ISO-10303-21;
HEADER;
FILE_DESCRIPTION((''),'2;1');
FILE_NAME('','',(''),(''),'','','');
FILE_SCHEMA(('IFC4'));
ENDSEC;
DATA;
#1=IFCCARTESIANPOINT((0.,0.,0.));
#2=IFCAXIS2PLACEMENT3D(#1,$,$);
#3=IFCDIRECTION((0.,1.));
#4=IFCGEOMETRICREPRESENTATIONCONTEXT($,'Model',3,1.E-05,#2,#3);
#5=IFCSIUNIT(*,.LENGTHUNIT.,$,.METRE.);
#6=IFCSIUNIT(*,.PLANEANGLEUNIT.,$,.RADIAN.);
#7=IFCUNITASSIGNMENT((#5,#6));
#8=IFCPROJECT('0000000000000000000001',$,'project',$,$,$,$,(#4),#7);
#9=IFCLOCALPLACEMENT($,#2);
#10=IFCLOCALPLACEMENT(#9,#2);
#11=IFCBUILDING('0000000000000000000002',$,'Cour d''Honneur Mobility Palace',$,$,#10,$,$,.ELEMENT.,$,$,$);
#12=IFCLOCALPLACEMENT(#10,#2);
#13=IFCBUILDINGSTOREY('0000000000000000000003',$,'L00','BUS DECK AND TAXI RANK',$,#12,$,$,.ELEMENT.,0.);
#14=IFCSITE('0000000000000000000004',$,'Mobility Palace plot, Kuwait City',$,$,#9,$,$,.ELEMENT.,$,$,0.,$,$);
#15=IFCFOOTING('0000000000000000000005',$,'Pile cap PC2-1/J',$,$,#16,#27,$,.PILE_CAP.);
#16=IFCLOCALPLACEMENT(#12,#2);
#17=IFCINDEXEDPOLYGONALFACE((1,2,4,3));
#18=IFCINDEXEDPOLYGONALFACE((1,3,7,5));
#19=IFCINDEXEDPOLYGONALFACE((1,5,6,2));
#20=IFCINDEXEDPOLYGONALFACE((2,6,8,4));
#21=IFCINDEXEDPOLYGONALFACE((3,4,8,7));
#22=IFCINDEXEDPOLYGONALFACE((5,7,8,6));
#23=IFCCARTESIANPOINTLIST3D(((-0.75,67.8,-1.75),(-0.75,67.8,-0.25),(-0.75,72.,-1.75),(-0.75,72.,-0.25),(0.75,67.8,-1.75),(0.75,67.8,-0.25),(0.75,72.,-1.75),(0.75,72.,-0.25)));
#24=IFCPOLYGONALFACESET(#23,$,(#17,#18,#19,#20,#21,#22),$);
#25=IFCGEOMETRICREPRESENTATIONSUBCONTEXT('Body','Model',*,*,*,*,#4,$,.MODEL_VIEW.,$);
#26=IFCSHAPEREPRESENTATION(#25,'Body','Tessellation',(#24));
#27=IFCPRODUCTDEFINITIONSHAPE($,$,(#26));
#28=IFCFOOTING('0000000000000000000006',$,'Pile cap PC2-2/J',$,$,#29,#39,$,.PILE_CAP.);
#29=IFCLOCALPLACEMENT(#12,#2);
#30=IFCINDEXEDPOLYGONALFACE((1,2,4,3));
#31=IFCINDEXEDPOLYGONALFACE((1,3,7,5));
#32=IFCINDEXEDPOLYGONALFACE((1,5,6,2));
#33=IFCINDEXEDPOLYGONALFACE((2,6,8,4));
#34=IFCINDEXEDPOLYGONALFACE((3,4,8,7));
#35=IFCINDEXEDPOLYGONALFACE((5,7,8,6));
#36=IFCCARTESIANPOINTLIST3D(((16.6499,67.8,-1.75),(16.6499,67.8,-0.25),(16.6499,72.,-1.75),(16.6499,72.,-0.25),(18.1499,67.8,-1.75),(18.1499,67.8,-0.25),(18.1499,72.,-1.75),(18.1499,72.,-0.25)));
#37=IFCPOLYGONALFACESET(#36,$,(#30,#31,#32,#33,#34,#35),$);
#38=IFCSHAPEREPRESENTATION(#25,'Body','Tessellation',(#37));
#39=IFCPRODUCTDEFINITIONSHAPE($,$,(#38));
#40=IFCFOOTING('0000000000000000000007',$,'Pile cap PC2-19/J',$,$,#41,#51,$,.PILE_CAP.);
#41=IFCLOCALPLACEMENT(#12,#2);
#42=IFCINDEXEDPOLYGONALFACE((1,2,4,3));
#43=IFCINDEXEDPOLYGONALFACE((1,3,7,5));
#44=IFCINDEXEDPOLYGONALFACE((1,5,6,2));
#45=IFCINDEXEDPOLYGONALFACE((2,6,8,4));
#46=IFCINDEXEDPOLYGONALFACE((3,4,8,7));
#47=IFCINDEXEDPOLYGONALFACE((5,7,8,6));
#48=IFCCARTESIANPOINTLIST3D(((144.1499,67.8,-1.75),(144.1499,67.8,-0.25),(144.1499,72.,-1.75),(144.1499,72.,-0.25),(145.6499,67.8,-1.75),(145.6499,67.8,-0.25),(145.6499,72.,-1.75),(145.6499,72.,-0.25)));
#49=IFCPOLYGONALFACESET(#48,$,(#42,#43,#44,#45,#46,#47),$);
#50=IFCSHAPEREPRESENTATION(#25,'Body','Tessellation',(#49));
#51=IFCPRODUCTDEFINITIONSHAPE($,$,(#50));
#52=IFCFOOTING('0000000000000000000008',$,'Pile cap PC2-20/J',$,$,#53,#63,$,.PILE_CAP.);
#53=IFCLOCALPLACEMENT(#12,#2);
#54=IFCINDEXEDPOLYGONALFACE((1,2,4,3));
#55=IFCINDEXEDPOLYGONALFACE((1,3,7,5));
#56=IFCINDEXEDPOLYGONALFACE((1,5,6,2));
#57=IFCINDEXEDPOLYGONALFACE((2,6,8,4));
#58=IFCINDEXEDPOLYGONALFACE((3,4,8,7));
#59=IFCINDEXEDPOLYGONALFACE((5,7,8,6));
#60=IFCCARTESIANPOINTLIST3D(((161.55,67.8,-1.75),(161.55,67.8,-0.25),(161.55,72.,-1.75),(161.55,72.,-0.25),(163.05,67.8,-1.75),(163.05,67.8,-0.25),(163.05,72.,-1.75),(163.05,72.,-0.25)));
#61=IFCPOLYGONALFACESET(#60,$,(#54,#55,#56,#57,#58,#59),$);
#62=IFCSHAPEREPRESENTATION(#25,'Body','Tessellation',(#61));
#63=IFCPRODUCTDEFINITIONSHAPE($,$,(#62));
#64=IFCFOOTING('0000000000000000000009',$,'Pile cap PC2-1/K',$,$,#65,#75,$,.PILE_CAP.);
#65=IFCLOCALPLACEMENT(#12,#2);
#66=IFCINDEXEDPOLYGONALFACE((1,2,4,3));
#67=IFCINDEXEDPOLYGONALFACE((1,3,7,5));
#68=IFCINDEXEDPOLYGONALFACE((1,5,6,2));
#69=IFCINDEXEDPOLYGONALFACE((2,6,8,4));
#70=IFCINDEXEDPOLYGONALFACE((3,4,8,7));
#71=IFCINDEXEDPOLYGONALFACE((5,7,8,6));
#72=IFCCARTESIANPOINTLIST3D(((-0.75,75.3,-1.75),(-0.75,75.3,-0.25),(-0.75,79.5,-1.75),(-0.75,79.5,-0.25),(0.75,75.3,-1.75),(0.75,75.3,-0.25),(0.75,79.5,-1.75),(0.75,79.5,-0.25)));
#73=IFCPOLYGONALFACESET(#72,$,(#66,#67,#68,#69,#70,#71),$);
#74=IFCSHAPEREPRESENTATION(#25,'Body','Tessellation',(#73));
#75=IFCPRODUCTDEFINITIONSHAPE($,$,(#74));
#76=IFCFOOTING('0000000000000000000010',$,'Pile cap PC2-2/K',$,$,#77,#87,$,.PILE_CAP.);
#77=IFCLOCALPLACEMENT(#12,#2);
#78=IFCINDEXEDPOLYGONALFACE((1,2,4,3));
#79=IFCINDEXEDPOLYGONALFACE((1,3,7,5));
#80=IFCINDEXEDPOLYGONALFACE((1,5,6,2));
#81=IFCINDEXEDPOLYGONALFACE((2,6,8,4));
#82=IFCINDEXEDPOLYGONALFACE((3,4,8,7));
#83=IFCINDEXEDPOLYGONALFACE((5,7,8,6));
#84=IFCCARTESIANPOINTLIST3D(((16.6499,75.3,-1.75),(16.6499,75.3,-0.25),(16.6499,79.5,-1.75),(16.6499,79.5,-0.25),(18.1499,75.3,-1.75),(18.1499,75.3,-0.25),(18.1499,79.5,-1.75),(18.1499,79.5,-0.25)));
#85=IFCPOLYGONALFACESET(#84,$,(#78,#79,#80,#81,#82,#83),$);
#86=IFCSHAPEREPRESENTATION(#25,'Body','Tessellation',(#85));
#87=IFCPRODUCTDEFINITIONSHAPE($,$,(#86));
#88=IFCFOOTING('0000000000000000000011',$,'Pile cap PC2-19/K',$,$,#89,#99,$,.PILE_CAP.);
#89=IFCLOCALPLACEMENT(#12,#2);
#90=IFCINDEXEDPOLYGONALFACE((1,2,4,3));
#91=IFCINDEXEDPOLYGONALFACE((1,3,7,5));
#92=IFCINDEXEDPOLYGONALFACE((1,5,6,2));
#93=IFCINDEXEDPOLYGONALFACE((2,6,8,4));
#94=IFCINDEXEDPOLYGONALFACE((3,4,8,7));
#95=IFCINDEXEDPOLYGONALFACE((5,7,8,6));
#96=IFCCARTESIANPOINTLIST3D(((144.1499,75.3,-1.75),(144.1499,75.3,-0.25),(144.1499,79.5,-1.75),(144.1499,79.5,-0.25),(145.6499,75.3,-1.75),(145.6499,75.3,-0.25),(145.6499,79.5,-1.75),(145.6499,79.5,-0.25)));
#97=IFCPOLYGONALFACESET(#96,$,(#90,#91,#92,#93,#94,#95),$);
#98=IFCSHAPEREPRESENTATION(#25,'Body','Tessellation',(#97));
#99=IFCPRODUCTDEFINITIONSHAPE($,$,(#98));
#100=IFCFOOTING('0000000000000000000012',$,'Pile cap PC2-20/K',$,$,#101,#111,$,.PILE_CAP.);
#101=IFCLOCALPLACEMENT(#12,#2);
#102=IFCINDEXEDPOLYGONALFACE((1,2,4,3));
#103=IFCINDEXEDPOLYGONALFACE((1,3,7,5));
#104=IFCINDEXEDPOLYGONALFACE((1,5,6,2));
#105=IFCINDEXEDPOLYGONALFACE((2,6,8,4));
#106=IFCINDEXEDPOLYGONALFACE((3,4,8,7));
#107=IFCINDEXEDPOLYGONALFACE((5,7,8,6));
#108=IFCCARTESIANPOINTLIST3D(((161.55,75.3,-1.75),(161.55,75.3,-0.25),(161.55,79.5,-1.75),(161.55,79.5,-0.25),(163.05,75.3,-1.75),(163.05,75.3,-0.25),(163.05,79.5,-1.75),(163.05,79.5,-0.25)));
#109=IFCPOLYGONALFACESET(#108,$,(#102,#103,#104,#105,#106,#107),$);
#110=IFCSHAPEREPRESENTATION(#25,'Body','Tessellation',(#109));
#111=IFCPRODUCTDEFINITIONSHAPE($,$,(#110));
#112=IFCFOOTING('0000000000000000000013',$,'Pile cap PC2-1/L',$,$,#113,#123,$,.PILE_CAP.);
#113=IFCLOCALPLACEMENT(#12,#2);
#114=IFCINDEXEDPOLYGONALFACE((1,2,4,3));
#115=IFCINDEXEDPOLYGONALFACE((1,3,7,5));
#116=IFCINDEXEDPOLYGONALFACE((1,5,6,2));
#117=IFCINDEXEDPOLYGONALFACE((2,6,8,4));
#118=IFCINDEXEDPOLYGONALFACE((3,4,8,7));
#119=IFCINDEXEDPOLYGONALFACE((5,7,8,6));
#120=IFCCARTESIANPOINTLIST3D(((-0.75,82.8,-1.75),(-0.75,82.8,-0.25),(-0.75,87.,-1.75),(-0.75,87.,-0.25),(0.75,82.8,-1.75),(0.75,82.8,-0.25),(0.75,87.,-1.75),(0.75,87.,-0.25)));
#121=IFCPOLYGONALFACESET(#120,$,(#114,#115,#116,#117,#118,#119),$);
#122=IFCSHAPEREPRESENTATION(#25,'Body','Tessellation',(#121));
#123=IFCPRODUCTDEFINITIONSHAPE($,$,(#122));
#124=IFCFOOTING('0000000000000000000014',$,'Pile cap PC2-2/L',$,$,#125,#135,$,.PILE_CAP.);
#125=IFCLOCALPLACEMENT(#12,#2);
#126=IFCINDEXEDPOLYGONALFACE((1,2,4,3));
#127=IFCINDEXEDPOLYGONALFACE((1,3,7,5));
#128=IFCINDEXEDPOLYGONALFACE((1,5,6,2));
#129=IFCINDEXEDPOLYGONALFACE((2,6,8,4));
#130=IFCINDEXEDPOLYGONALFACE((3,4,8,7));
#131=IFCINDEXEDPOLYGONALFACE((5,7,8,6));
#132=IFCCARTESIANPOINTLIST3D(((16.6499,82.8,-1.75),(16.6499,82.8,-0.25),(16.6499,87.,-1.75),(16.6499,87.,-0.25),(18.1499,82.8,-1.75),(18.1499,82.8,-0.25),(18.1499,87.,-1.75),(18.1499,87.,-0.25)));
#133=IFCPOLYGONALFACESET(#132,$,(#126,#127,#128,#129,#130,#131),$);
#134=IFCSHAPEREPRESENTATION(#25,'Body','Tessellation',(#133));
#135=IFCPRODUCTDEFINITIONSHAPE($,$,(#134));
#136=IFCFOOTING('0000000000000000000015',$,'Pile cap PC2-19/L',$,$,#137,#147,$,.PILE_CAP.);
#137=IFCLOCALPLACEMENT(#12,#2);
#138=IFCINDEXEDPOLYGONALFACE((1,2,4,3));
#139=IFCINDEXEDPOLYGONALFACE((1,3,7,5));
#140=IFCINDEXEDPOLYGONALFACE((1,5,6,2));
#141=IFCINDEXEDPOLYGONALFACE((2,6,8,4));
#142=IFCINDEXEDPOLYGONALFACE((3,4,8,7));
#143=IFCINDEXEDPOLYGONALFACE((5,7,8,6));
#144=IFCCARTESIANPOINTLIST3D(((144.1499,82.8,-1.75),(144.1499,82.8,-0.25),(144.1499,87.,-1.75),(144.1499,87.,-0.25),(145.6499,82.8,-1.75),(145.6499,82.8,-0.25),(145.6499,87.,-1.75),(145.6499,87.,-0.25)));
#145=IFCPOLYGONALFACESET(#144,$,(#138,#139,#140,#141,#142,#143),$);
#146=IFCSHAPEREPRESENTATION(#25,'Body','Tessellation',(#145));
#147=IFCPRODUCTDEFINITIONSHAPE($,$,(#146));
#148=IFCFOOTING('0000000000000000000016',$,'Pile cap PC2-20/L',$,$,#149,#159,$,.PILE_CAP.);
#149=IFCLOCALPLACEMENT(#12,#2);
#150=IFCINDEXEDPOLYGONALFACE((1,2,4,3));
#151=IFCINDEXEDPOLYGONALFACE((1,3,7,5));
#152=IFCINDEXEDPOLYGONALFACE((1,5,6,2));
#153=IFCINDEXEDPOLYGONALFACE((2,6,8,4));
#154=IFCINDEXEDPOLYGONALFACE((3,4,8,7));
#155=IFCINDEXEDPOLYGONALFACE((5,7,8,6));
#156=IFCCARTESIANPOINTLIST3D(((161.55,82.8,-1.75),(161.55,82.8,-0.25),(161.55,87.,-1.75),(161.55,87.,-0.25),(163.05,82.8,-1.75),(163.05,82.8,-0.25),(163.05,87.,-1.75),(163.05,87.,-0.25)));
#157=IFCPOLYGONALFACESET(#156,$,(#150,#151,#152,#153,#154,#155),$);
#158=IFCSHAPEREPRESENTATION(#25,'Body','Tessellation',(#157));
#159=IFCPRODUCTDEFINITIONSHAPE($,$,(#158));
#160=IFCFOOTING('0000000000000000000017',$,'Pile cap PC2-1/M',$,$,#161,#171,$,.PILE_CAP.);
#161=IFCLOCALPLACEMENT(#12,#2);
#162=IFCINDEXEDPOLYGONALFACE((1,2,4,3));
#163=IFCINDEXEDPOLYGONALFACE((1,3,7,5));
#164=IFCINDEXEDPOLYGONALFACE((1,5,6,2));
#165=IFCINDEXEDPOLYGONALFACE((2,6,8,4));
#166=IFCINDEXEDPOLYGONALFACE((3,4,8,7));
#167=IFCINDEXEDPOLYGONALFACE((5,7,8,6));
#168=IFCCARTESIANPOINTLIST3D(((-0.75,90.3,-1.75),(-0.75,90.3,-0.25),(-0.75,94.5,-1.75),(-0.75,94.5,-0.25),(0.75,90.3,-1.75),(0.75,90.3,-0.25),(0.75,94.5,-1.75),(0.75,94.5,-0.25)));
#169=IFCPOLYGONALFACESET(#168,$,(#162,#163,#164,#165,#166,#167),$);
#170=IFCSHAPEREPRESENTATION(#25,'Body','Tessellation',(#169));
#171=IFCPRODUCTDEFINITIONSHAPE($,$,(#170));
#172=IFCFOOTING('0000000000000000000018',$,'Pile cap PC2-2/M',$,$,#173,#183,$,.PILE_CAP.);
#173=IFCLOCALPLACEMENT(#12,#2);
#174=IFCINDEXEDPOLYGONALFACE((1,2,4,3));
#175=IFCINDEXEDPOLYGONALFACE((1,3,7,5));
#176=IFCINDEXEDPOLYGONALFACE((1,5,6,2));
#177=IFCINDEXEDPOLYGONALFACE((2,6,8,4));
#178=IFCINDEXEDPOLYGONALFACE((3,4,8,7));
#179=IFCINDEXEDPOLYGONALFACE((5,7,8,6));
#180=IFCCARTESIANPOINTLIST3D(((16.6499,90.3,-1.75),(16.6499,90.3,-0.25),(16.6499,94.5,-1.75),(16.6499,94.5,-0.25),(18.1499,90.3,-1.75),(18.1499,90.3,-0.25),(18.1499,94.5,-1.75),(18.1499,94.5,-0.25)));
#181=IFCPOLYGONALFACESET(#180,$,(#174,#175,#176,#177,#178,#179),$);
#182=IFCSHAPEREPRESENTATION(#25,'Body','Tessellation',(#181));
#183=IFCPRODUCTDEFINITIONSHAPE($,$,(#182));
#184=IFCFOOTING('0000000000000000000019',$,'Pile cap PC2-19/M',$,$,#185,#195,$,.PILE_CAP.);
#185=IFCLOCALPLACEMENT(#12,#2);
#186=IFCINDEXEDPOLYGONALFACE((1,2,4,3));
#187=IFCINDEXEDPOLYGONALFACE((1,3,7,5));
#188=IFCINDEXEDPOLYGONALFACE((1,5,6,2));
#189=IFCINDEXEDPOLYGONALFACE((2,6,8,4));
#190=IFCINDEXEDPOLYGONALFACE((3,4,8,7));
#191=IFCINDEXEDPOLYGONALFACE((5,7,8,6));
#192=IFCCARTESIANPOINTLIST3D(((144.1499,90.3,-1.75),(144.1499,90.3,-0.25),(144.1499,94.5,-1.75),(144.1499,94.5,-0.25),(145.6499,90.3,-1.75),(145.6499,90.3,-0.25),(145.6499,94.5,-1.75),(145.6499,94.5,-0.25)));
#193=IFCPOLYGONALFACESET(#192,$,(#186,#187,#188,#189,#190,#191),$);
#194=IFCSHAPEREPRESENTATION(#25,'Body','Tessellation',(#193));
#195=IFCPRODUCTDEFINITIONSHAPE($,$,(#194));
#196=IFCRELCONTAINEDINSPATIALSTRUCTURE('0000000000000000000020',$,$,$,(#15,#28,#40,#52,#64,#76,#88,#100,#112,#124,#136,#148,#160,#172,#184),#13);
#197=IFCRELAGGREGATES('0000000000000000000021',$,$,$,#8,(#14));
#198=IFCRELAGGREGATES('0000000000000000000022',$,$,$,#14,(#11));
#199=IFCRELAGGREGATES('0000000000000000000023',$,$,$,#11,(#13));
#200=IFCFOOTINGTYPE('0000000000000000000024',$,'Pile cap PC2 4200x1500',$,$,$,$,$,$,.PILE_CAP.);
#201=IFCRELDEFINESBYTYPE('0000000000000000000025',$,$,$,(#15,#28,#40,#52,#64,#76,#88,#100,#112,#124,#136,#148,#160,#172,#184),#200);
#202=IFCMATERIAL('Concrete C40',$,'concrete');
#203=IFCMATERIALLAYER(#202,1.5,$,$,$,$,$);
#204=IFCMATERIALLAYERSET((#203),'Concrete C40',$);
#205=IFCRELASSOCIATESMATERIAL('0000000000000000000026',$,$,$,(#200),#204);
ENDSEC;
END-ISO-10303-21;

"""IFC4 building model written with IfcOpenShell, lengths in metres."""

from ifc_helpers import new_model, si_unit, direction, frame, origin, place, context, subcontext, project, spatial, polyline, outline, extrude, material, layer, layer_set, type_object, element, save


model = new_model("IFC4")

# Units and contexts
model_context = context("Model", 3, precision=1e-05, world=origin(), true_north=direction((0.0, 1.0)))
body_context = subcontext(model_context, "Body", "Model", "MODEL_VIEW")
ifc_project = project(units=[si_unit("LENGTHUNIT", "METRE"), si_unit("PLANEANGLEUNIT", "RADIAN")], contexts=[model_context])

# Site, building, storey
site_placement = place(None, origin())
site = spatial("IfcSite", under=ifc_project, at=site_placement, Name="Mobility Palace plot, Kuwait City", CompositionType="ELEMENT", RefElevation=0.0)
building_placement = place(site_placement, origin())
building = spatial("IfcBuilding", under=site, at=building_placement, Name="Cour d'Honneur Mobility Palace", CompositionType="ELEMENT")
storey_placement = place(building_placement, origin())
storey = spatial("IfcBuildingStorey", under=building, at=storey_placement, Name="L00", Description="BUS DECK AND TAXI RANK", CompositionType="ELEMENT", Elevation=0.0)

# Footings
ifc_material_1 = material(Name="Concrete C40", Category="concrete")
ifc_layer_1 = layer(ifc_material_1, 1.5)
ifc_layer_set_1 = layer_set([ifc_layer_1], Name="Concrete C40")
footing_type_1 = type_object("IfcFootingType", Name="Pile cap PC2 4200x1500", PredefinedType="PILE_CAP", material=ifc_layer_set_1)
footing_1_placement = place(storey_placement, frame((0.0, 0.0, -1.75)))
element("IfcFooting", 1, at=footing_1_placement, inside=storey, type_object=footing_type_1, Name="Pile cap PC2-1/J", PredefinedType="PILE_CAP", context=body_context, shape_type="SweptSolid", body=[
    extrude(outline(polyline([(-0.75, 67.8), (0.75, 67.8), (0.75, 72.0), (-0.75, 72.0), (-0.75, 67.8)])), origin(), (0.0, 0.0, 1.0), 1.5),
])
footing_2_placement = place(storey_placement, frame((0.0, 0.0, -1.75)))
element("IfcFooting", 2, at=footing_2_placement, inside=storey, type_object=footing_type_1, Name="Pile cap PC2-2/J", PredefinedType="PILE_CAP", context=body_context, shape_type="SweptSolid", body=[
    extrude(outline(polyline([(16.6499, 67.8), (18.1499, 67.8), (18.1499, 72.0), (16.6499, 72.0), (16.6499, 67.8)])), origin(), (0.0, 0.0, 1.0), 1.5),
])
footing_3_placement = place(storey_placement, frame((0.0, 0.0, -1.75)))
element("IfcFooting", 3, at=footing_3_placement, inside=storey, type_object=footing_type_1, Name="Pile cap PC2-19/J", PredefinedType="PILE_CAP", context=body_context, shape_type="SweptSolid", body=[
    extrude(outline(polyline([(144.1499, 67.8), (145.6499, 67.8), (145.6499, 72.0), (144.1499, 72.0), (144.1499, 67.8)])), origin(), (0.0, 0.0, 1.0), 1.5),
])
footing_4_placement = place(storey_placement, frame((0.0, 0.0, -1.75)))
element("IfcFooting", 4, at=footing_4_placement, inside=storey, type_object=footing_type_1, Name="Pile cap PC2-20/J", PredefinedType="PILE_CAP", context=body_context, shape_type="SweptSolid", body=[
    extrude(outline(polyline([(161.55, 67.8), (163.05, 67.8), (163.05, 72.0), (161.55, 72.0), (161.55, 67.8)])), origin(), (0.0, 0.0, 1.0), 1.5),
])
footing_5_placement = place(storey_placement, frame((0.0, 0.0, -1.75)))
element("IfcFooting", 5, at=footing_5_placement, inside=storey, type_object=footing_type_1, Name="Pile cap PC2-1/K", PredefinedType="PILE_CAP", context=body_context, shape_type="SweptSolid", body=[
    extrude(outline(polyline([(-0.75, 75.3), (0.75, 75.3), (0.75, 79.5), (-0.75, 79.5), (-0.75, 75.3)])), origin(), (0.0, 0.0, 1.0), 1.5),
])
footing_6_placement = place(storey_placement, frame((0.0, 0.0, -1.75)))
element("IfcFooting", 6, at=footing_6_placement, inside=storey, type_object=footing_type_1, Name="Pile cap PC2-2/K", PredefinedType="PILE_CAP", context=body_context, shape_type="SweptSolid", body=[
    extrude(outline(polyline([(16.6499, 75.3), (18.1499, 75.3), (18.1499, 79.5), (16.6499, 79.5), (16.6499, 75.3)])), origin(), (0.0, 0.0, 1.0), 1.5),
])
footing_7_placement = place(storey_placement, frame((0.0, 0.0, -1.75)))
element("IfcFooting", 7, at=footing_7_placement, inside=storey, type_object=footing_type_1, Name="Pile cap PC2-19/K", PredefinedType="PILE_CAP", context=body_context, shape_type="SweptSolid", body=[
    extrude(outline(polyline([(144.1499, 75.3), (145.6499, 75.3), (145.6499, 79.5), (144.1499, 79.5), (144.1499, 75.3)])), origin(), (0.0, 0.0, 1.0), 1.5),
])
footing_8_placement = place(storey_placement, frame((0.0, 0.0, -1.75)))
element("IfcFooting", 8, at=footing_8_placement, inside=storey, type_object=footing_type_1, Name="Pile cap PC2-20/K", PredefinedType="PILE_CAP", context=body_context, shape_type="SweptSolid", body=[
    extrude(outline(polyline([(161.55, 75.3), (163.05, 75.3), (163.05, 79.5), (161.55, 79.5), (161.55, 75.3)])), origin(), (0.0, 0.0, 1.0), 1.5),
])
footing_9_placement = place(storey_placement, frame((0.0, 0.0, -1.75)))
element("IfcFooting", 9, at=footing_9_placement, inside=storey, type_object=footing_type_1, Name="Pile cap PC2-1/L", PredefinedType="PILE_CAP", context=body_context, shape_type="SweptSolid", body=[
    extrude(outline(polyline([(-0.75, 82.8), (0.75, 82.8), (0.75, 87.0), (-0.75, 87.0), (-0.75, 82.8)])), origin(), (0.0, 0.0, 1.0), 1.5),
])
footing_10_placement = place(storey_placement, frame((0.0, 0.0, -1.75)))
element("IfcFooting", 10, at=footing_10_placement, inside=storey, type_object=footing_type_1, Name="Pile cap PC2-2/L", PredefinedType="PILE_CAP", context=body_context, shape_type="SweptSolid", body=[
    extrude(outline(polyline([(16.6499, 82.8), (18.1499, 82.8), (18.1499, 87.0), (16.6499, 87.0), (16.6499, 82.8)])), origin(), (0.0, 0.0, 1.0), 1.5),
])
footing_11_placement = place(storey_placement, frame((0.0, 0.0, -1.75)))
element("IfcFooting", 11, at=footing_11_placement, inside=storey, type_object=footing_type_1, Name="Pile cap PC2-19/L", PredefinedType="PILE_CAP", context=body_context, shape_type="SweptSolid", body=[
    extrude(outline(polyline([(144.1499, 82.8), (145.6499, 82.8), (145.6499, 87.0), (144.1499, 87.0), (144.1499, 82.8)])), origin(), (0.0, 0.0, 1.0), 1.5),
])
footing_12_placement = place(storey_placement, frame((0.0, 0.0, -1.75)))
element("IfcFooting", 12, at=footing_12_placement, inside=storey, type_object=footing_type_1, Name="Pile cap PC2-20/L", PredefinedType="PILE_CAP", context=body_context, shape_type="SweptSolid", body=[
    extrude(outline(polyline([(161.55, 82.8), (163.05, 82.8), (163.05, 87.0), (161.55, 87.0), (161.55, 82.8)])), origin(), (0.0, 0.0, 1.0), 1.5),
])
footing_13_placement = place(storey_placement, frame((0.0, 0.0, -1.75)))
element("IfcFooting", 13, at=footing_13_placement, inside=storey, type_object=footing_type_1, Name="Pile cap PC2-1/M", PredefinedType="PILE_CAP", context=body_context, shape_type="SweptSolid", body=[
    extrude(outline(polyline([(-0.75, 90.3), (0.75, 90.3), (0.75, 94.5), (-0.75, 94.5), (-0.75, 90.3)])), origin(), (0.0, 0.0, 1.0), 1.5),
])
footing_14_placement = place(storey_placement, frame((0.0, 0.0, -1.75)))
element("IfcFooting", 14, at=footing_14_placement, inside=storey, type_object=footing_type_1, Name="Pile cap PC2-2/M", PredefinedType="PILE_CAP", context=body_context, shape_type="SweptSolid", body=[
    extrude(outline(polyline([(16.6499, 90.3), (18.1499, 90.3), (18.1499, 94.5), (16.6499, 94.5), (16.6499, 90.3)])), origin(), (0.0, 0.0, 1.0), 1.5),
])
footing_15_placement = place(storey_placement, frame((0.0, 0.0, -1.75)))
element("IfcFooting", 15, at=footing_15_placement, inside=storey, type_object=footing_type_1, Name="Pile cap PC2-19/M", PredefinedType="PILE_CAP", context=body_context, shape_type="SweptSolid", body=[
    extrude(outline(polyline([(144.1499, 90.3), (145.6499, 90.3), (145.6499, 94.5), (144.1499, 94.5), (144.1499, 90.3)])), origin(), (0.0, 0.0, 1.0), 1.5),
])

save(model, "model.ifc")
